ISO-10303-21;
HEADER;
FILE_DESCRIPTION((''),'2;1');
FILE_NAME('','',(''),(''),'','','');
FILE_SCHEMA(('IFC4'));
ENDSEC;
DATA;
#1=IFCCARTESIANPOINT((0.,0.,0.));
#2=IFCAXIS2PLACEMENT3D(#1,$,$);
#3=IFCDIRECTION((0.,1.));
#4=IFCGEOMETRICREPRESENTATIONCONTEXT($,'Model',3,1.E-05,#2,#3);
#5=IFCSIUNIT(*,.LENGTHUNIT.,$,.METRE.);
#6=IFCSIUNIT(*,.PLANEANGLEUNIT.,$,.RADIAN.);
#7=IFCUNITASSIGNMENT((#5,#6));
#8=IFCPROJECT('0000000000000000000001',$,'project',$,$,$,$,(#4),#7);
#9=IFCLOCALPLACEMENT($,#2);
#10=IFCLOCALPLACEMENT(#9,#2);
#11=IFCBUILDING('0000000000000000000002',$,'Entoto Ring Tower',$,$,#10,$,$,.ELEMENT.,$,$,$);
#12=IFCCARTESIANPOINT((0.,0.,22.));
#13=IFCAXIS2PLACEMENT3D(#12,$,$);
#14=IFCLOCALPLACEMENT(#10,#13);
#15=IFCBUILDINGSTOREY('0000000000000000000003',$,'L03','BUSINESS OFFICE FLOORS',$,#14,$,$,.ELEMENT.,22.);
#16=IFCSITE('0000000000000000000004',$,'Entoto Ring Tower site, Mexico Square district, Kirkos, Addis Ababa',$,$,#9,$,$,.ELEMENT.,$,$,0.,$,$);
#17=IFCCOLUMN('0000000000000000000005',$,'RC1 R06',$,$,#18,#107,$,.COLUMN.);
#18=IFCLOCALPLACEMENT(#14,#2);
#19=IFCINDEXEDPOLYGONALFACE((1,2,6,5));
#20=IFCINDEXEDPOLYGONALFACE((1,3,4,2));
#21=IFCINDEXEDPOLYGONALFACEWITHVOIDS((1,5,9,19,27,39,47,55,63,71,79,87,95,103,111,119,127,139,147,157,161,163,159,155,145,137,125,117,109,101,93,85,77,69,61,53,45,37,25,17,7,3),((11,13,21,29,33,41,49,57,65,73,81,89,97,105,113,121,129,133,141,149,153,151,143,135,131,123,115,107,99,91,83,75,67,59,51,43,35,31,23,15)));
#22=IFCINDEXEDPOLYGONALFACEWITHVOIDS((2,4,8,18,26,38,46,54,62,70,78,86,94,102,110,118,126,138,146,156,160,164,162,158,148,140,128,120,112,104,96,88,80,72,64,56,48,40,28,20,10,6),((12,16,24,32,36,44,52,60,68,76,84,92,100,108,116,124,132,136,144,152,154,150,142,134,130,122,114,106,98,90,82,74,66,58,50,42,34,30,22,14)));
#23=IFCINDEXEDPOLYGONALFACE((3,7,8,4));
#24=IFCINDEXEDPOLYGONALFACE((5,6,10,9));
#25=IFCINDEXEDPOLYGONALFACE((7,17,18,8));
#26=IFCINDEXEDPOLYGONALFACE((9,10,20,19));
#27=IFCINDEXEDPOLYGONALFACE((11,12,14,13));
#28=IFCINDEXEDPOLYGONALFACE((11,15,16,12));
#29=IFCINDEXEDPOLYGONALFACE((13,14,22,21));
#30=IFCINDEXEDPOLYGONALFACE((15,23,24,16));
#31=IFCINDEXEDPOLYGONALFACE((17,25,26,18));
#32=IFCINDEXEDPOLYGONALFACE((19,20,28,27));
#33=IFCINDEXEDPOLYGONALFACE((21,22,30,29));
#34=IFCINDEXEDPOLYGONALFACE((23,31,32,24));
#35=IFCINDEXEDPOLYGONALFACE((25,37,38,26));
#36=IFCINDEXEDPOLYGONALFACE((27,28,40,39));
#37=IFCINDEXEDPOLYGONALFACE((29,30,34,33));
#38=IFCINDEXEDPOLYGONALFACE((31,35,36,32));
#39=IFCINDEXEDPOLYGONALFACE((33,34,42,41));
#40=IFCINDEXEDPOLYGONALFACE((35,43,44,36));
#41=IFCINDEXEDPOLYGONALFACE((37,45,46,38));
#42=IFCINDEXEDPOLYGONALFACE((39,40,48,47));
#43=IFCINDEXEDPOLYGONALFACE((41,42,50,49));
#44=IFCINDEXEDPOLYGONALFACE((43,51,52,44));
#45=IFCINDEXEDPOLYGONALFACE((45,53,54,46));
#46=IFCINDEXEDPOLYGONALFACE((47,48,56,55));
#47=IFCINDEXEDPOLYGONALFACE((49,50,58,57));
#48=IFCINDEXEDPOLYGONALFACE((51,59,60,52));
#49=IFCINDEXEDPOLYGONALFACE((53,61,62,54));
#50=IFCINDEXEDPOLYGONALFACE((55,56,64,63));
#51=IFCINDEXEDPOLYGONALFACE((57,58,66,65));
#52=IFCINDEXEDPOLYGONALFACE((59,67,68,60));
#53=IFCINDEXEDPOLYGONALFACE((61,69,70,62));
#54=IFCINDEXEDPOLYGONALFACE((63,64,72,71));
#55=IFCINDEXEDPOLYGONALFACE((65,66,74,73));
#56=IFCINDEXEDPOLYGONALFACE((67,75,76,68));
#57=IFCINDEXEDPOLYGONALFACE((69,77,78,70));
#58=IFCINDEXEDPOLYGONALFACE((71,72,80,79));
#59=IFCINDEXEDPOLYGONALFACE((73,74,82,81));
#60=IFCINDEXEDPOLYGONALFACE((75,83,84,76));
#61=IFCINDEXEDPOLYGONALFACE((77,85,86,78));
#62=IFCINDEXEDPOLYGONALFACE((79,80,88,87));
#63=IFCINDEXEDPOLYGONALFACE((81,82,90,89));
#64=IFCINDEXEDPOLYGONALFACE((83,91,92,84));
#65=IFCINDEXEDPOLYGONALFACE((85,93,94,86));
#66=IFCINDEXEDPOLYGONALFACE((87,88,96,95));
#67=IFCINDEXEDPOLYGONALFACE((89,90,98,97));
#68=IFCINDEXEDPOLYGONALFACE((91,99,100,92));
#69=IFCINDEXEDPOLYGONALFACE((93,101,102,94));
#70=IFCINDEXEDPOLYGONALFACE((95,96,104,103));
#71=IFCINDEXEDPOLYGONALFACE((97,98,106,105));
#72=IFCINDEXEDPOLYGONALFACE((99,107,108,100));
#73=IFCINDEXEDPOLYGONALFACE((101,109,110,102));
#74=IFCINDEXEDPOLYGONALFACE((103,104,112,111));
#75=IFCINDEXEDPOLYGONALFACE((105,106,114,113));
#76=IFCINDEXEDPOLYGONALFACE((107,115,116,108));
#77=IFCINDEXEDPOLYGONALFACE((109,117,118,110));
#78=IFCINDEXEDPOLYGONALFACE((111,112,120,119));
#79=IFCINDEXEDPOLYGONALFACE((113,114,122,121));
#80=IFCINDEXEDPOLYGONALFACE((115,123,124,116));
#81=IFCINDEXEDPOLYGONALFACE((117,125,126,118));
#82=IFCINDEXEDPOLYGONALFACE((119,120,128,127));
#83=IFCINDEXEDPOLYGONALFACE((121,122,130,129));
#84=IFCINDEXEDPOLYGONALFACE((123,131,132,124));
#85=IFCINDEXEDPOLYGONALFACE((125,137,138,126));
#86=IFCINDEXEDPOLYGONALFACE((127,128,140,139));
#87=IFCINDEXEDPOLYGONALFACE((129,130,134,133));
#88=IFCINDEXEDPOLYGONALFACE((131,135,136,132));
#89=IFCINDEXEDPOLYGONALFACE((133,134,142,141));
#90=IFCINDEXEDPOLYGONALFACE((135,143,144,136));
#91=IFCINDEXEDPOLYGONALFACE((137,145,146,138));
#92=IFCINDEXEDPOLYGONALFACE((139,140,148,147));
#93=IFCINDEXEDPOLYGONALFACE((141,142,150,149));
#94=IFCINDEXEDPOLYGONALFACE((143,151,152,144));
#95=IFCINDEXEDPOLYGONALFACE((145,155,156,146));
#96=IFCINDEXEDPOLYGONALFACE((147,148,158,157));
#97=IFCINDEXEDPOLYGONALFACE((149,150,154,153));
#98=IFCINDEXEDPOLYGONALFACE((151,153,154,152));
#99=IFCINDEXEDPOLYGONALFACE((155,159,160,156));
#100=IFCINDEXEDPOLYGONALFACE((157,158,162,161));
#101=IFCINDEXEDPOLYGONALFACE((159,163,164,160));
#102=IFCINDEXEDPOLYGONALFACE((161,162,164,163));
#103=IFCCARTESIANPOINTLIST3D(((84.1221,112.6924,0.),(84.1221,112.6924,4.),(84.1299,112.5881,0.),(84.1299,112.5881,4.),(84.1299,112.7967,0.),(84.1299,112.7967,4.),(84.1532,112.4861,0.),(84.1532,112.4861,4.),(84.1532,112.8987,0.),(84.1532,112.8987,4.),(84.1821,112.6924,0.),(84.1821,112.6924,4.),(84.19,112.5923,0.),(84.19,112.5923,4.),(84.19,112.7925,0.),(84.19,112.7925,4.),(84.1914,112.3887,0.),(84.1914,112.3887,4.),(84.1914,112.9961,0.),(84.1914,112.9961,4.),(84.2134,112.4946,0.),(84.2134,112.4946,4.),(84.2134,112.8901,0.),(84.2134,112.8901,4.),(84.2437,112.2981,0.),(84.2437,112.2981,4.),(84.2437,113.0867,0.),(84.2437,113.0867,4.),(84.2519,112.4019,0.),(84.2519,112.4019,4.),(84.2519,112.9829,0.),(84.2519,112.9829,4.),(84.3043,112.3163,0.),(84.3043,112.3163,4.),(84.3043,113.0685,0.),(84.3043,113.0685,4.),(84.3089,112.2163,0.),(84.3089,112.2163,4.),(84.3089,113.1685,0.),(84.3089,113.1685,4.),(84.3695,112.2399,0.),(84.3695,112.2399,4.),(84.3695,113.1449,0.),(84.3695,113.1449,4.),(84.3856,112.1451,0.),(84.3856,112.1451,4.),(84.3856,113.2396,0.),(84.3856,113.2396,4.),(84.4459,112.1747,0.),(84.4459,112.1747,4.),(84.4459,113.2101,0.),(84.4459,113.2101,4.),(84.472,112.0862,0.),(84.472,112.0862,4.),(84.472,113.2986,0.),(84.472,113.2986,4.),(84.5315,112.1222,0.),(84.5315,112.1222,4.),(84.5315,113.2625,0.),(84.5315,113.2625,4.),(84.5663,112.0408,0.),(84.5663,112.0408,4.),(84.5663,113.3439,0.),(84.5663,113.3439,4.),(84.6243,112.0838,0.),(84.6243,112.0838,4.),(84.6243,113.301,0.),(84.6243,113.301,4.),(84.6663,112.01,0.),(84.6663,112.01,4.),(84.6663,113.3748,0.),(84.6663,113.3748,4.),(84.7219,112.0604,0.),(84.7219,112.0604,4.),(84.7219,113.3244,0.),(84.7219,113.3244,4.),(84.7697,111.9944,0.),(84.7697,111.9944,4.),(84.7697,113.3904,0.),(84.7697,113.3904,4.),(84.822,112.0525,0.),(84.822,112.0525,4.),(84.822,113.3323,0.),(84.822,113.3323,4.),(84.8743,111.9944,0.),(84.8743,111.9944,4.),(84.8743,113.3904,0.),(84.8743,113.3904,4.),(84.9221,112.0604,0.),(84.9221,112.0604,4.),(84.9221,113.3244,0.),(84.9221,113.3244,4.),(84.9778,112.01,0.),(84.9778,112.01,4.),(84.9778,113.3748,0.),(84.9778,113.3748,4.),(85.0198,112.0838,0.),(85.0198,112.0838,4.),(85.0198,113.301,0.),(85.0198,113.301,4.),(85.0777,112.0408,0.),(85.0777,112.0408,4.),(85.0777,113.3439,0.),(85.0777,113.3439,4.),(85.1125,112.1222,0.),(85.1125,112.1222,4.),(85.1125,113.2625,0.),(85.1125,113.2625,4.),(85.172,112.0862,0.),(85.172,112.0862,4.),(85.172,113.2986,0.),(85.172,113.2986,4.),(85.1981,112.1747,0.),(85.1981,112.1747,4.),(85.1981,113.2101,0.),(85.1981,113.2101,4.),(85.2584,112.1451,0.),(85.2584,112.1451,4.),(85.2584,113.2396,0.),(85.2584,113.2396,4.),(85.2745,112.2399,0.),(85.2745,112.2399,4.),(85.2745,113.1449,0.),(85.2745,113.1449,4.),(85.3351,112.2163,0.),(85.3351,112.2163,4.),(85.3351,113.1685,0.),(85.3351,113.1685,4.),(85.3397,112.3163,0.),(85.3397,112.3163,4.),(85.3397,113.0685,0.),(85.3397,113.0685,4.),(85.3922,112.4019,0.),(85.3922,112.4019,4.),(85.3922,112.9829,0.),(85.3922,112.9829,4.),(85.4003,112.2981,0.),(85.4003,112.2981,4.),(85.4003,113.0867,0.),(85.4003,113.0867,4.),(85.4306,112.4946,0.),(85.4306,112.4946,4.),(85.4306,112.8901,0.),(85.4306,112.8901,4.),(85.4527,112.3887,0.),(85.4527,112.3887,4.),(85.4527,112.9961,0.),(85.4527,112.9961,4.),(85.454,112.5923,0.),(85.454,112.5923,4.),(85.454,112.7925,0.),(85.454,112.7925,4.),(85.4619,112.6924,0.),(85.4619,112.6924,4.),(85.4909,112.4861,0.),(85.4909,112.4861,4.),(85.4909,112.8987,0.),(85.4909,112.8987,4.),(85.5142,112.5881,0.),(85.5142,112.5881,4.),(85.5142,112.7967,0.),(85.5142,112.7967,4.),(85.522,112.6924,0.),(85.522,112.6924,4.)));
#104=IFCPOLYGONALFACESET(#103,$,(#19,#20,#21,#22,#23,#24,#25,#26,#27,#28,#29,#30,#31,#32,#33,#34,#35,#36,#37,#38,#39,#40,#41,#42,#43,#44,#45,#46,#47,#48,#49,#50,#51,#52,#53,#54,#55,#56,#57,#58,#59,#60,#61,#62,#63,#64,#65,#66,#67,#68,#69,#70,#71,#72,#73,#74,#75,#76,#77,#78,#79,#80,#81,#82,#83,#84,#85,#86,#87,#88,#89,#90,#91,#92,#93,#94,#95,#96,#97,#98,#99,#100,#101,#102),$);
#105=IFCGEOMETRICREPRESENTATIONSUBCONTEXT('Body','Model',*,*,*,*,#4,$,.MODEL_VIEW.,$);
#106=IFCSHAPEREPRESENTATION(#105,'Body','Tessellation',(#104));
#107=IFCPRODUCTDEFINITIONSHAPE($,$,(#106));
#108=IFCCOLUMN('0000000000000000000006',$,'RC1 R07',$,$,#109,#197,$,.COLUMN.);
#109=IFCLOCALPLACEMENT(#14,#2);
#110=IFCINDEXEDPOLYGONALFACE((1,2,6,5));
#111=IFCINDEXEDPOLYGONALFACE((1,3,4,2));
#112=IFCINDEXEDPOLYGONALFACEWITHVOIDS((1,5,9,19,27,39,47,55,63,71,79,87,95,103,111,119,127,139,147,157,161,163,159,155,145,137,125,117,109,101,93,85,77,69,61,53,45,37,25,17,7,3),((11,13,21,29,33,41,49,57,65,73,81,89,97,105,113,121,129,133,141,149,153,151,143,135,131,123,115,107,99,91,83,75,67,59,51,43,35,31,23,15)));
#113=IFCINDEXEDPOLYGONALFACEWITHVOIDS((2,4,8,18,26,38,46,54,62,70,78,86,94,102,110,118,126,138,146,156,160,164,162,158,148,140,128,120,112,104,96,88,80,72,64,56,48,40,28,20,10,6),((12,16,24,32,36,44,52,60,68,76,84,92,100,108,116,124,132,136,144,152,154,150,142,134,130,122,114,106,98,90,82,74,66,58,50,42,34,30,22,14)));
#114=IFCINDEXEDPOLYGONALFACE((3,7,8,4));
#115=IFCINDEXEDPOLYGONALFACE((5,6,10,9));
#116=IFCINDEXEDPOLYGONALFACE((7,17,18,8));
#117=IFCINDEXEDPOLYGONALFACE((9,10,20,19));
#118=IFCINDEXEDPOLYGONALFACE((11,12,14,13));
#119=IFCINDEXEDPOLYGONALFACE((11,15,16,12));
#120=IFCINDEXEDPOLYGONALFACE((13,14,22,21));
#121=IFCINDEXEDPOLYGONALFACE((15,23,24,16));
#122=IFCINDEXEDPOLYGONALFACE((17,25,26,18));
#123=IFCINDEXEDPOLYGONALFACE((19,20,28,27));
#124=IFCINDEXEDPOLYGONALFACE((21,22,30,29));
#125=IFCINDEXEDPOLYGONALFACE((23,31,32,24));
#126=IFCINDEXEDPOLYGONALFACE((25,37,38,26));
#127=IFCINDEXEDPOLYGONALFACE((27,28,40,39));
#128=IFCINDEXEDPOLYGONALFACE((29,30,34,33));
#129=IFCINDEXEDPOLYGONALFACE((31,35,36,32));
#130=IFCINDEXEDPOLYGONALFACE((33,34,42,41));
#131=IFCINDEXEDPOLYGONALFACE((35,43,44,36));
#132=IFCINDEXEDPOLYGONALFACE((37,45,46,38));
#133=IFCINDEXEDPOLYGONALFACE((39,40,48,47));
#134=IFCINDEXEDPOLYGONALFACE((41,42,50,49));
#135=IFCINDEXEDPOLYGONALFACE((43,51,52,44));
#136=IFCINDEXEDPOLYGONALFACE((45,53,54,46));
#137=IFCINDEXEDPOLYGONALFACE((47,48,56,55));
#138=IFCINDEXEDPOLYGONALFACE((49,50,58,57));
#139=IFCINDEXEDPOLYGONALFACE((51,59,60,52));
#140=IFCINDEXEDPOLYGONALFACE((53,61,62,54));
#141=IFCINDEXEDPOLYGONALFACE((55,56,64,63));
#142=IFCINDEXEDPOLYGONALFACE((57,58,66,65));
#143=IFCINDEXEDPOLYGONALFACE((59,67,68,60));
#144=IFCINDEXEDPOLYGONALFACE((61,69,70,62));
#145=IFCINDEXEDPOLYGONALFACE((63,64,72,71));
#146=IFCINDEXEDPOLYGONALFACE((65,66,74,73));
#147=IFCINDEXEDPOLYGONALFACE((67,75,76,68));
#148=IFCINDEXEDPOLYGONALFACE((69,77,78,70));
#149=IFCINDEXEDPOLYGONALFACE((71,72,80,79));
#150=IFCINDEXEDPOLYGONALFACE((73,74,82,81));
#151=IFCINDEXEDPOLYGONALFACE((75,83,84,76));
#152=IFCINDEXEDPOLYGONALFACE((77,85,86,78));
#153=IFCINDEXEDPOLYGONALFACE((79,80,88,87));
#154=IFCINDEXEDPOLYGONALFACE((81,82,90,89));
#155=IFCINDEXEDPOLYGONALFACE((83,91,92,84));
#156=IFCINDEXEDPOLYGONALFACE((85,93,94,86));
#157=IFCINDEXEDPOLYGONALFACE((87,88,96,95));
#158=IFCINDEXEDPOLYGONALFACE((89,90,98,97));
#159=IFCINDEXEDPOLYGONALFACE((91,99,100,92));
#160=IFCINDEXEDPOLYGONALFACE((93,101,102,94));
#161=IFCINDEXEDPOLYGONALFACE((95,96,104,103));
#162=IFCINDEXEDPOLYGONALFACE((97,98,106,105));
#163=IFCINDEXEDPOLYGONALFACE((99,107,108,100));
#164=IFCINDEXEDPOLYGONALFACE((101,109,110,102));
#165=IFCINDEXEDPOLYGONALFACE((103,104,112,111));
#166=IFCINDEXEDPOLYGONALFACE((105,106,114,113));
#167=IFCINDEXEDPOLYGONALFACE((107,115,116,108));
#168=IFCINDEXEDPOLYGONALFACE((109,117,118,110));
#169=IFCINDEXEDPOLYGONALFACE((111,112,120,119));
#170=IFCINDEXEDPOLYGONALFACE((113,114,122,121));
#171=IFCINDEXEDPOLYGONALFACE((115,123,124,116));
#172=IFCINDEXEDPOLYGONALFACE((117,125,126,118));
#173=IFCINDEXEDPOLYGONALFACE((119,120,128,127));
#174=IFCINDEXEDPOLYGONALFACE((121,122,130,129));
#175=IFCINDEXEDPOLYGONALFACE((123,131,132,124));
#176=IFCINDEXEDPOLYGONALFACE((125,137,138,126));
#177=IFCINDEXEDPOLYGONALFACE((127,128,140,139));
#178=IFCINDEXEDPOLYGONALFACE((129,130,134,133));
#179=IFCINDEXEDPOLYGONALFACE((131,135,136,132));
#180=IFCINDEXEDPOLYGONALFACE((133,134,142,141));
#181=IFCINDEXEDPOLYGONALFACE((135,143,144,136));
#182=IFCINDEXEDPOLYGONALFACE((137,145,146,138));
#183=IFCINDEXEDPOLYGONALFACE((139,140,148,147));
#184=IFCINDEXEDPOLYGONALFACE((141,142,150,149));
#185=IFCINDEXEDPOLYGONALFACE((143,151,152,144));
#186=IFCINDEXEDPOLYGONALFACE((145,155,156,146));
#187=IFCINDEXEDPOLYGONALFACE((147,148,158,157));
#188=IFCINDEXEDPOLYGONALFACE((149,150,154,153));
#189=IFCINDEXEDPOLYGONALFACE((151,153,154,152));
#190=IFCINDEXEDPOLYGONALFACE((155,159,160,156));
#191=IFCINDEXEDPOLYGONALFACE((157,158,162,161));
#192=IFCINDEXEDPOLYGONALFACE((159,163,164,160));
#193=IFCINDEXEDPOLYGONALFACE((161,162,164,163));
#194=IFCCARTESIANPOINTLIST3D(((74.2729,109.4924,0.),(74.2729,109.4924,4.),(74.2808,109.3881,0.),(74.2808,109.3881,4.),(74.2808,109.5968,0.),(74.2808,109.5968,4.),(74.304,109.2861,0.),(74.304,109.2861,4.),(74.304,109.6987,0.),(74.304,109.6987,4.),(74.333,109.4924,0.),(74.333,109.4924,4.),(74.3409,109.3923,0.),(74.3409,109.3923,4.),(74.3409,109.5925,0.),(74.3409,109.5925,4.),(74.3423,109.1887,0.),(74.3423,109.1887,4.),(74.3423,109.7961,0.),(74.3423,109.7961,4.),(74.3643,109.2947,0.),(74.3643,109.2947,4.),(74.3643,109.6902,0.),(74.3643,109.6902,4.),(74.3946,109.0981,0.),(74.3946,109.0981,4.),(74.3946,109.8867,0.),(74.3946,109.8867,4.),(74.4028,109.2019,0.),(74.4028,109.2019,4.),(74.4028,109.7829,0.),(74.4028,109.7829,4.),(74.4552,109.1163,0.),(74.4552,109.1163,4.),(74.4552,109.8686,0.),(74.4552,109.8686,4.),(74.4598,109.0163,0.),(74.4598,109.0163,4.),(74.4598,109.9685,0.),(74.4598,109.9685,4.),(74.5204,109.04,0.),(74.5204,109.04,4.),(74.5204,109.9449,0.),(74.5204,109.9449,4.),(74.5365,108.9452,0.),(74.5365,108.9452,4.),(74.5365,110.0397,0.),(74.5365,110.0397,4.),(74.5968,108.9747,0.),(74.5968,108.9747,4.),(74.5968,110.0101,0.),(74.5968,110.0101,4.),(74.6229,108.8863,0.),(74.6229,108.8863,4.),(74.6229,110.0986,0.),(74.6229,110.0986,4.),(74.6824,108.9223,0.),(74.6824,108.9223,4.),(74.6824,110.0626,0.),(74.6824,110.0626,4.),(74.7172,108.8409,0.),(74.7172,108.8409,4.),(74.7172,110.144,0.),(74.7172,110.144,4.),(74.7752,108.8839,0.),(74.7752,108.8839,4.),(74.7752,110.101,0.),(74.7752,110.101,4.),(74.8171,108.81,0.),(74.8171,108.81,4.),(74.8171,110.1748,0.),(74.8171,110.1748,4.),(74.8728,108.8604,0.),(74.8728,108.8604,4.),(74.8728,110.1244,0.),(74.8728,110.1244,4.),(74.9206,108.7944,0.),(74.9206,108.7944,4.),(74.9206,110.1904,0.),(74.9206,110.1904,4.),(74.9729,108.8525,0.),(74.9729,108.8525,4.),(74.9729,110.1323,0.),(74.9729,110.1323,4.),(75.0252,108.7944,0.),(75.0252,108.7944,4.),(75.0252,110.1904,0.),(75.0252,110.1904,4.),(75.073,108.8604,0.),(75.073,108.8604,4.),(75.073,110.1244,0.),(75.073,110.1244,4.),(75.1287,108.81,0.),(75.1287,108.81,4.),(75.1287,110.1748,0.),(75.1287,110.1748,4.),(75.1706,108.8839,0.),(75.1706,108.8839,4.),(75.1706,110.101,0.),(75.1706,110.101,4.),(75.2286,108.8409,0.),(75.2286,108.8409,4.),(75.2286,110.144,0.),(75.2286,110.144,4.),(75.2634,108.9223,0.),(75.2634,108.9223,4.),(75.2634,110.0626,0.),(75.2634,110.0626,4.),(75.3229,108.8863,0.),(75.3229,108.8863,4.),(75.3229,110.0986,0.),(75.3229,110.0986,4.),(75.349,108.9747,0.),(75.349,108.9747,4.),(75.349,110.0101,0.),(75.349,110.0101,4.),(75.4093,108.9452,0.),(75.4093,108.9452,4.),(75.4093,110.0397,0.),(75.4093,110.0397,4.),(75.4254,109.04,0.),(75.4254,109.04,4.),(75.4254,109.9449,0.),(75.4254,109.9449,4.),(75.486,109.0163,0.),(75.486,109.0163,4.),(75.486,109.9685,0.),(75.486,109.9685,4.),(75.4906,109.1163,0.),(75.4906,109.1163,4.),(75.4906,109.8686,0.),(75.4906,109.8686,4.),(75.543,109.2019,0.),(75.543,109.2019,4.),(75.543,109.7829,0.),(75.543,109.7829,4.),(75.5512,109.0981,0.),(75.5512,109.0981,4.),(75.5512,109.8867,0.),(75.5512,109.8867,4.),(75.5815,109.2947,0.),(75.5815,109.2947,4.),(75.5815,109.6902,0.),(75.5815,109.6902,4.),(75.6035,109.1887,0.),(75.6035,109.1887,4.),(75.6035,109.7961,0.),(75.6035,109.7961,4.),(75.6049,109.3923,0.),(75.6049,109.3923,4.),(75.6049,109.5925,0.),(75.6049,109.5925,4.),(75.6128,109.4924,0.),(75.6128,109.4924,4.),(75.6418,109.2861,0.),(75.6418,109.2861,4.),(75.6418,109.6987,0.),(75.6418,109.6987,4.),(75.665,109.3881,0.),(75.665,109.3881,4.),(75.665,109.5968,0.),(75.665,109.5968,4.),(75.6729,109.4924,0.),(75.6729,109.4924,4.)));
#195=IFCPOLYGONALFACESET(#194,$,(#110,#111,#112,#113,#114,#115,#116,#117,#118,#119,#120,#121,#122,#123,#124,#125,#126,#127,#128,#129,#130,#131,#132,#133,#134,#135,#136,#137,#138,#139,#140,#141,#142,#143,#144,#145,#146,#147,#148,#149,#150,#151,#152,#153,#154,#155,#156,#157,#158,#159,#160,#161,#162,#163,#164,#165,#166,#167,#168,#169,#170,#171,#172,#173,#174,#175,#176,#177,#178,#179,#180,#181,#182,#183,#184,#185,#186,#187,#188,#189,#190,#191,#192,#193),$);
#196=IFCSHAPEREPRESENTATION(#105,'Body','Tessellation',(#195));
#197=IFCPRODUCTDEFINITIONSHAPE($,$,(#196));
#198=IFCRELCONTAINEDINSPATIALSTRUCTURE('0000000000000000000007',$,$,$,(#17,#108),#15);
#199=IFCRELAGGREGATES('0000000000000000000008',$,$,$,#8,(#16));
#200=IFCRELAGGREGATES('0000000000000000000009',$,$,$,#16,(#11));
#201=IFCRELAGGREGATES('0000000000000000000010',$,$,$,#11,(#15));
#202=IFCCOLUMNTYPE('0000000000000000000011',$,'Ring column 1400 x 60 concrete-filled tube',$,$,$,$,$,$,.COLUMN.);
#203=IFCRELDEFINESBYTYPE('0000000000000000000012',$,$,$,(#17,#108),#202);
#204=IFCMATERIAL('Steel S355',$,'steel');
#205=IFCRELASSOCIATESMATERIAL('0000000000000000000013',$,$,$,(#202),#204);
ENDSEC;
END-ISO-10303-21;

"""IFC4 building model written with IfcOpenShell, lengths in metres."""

from ifc_helpers import new_model, si_unit, direction, frame, origin, origin_2d, place, context, subcontext, project, spatial, circle, hollow_circle, extrude, material, material_profile, profile_set, type_object, element, save


model = new_model("IFC4")

# Units and contexts
model_context = context("Model", 3, precision=1e-05, world=origin(), true_north=direction((0.0, 1.0)))
body_context = subcontext(model_context, "Body", "Model", "MODEL_VIEW")
ifc_project = project(units=[si_unit("LENGTHUNIT", "METRE"), si_unit("PLANEANGLEUNIT", "RADIAN")], contexts=[model_context])

# Site, building, storey
site_placement = place(None, origin())
site = spatial("IfcSite", under=ifc_project, at=site_placement, Name="Entoto Ring Tower site, Mexico Square district, Kirkos, Addis Ababa", CompositionType="ELEMENT", RefElevation=0.0)
building_placement = place(site_placement, origin())
building = spatial("IfcBuilding", under=site, at=building_placement, Name="Entoto Ring Tower", CompositionType="ELEMENT")
storey_placement = place(building_placement, frame((0.0, 0.0, 22.0)))
storey = spatial("IfcBuildingStorey", under=building, at=storey_placement, Name="L03", Description="BUSINESS OFFICE FLOORS", CompositionType="ELEMENT", Elevation=22.0)

# Columns
ifc_material_1 = material(Name="Steel S355", Category="steel")
ifc_material_profile_1 = material_profile(ifc_material_1, hollow_circle(Radius=0.7, WallThickness=0.0601, at=origin_2d()), Name="CHS 1400 x 60")
ifc_material_2 = material(Name="Concrete C60/75", Category="concrete")
ifc_material_profile_2 = material_profile(ifc_material_2, circle(Radius=0.6399, at=origin_2d()), Name="Concrete C60/75 infill")
ifc_profile_set_1 = profile_set([ifc_material_profile_1, ifc_material_profile_2], Name="Steel S355")
column_type = type_object("IfcColumnType", Name="Ring column 1400 x 60 concrete-filled tube", PredefinedType="COLUMN", material=ifc_profile_set_1)
for number, where, z_axis, x_axis, name in (
    (1, (84.822, 112.6924, 0.0), (0.0, 0.0, 1.0), (1.0, 0.0, 0.0), "RC1 R06"),
    (2, (74.9729, 109.4924, 0.0), (0.0, 0.0, 1.0), (1.0, 0.0, 0.0), "RC1 R07"),
):
    element("IfcColumn", number, at=place(storey_placement, frame(where, z_axis=z_axis, x_axis=x_axis)), inside=storey, type_object=column_type, Name=name, PredefinedType="COLUMN", context=body_context, shape_type="SweptSolid", body=[
        extrude(hollow_circle(Radius=0.7, WallThickness=0.0601, at=origin_2d()), origin(), (0.0, 0.0, 1.0), 4.0),
    ])

save(model, "model.ifc")
